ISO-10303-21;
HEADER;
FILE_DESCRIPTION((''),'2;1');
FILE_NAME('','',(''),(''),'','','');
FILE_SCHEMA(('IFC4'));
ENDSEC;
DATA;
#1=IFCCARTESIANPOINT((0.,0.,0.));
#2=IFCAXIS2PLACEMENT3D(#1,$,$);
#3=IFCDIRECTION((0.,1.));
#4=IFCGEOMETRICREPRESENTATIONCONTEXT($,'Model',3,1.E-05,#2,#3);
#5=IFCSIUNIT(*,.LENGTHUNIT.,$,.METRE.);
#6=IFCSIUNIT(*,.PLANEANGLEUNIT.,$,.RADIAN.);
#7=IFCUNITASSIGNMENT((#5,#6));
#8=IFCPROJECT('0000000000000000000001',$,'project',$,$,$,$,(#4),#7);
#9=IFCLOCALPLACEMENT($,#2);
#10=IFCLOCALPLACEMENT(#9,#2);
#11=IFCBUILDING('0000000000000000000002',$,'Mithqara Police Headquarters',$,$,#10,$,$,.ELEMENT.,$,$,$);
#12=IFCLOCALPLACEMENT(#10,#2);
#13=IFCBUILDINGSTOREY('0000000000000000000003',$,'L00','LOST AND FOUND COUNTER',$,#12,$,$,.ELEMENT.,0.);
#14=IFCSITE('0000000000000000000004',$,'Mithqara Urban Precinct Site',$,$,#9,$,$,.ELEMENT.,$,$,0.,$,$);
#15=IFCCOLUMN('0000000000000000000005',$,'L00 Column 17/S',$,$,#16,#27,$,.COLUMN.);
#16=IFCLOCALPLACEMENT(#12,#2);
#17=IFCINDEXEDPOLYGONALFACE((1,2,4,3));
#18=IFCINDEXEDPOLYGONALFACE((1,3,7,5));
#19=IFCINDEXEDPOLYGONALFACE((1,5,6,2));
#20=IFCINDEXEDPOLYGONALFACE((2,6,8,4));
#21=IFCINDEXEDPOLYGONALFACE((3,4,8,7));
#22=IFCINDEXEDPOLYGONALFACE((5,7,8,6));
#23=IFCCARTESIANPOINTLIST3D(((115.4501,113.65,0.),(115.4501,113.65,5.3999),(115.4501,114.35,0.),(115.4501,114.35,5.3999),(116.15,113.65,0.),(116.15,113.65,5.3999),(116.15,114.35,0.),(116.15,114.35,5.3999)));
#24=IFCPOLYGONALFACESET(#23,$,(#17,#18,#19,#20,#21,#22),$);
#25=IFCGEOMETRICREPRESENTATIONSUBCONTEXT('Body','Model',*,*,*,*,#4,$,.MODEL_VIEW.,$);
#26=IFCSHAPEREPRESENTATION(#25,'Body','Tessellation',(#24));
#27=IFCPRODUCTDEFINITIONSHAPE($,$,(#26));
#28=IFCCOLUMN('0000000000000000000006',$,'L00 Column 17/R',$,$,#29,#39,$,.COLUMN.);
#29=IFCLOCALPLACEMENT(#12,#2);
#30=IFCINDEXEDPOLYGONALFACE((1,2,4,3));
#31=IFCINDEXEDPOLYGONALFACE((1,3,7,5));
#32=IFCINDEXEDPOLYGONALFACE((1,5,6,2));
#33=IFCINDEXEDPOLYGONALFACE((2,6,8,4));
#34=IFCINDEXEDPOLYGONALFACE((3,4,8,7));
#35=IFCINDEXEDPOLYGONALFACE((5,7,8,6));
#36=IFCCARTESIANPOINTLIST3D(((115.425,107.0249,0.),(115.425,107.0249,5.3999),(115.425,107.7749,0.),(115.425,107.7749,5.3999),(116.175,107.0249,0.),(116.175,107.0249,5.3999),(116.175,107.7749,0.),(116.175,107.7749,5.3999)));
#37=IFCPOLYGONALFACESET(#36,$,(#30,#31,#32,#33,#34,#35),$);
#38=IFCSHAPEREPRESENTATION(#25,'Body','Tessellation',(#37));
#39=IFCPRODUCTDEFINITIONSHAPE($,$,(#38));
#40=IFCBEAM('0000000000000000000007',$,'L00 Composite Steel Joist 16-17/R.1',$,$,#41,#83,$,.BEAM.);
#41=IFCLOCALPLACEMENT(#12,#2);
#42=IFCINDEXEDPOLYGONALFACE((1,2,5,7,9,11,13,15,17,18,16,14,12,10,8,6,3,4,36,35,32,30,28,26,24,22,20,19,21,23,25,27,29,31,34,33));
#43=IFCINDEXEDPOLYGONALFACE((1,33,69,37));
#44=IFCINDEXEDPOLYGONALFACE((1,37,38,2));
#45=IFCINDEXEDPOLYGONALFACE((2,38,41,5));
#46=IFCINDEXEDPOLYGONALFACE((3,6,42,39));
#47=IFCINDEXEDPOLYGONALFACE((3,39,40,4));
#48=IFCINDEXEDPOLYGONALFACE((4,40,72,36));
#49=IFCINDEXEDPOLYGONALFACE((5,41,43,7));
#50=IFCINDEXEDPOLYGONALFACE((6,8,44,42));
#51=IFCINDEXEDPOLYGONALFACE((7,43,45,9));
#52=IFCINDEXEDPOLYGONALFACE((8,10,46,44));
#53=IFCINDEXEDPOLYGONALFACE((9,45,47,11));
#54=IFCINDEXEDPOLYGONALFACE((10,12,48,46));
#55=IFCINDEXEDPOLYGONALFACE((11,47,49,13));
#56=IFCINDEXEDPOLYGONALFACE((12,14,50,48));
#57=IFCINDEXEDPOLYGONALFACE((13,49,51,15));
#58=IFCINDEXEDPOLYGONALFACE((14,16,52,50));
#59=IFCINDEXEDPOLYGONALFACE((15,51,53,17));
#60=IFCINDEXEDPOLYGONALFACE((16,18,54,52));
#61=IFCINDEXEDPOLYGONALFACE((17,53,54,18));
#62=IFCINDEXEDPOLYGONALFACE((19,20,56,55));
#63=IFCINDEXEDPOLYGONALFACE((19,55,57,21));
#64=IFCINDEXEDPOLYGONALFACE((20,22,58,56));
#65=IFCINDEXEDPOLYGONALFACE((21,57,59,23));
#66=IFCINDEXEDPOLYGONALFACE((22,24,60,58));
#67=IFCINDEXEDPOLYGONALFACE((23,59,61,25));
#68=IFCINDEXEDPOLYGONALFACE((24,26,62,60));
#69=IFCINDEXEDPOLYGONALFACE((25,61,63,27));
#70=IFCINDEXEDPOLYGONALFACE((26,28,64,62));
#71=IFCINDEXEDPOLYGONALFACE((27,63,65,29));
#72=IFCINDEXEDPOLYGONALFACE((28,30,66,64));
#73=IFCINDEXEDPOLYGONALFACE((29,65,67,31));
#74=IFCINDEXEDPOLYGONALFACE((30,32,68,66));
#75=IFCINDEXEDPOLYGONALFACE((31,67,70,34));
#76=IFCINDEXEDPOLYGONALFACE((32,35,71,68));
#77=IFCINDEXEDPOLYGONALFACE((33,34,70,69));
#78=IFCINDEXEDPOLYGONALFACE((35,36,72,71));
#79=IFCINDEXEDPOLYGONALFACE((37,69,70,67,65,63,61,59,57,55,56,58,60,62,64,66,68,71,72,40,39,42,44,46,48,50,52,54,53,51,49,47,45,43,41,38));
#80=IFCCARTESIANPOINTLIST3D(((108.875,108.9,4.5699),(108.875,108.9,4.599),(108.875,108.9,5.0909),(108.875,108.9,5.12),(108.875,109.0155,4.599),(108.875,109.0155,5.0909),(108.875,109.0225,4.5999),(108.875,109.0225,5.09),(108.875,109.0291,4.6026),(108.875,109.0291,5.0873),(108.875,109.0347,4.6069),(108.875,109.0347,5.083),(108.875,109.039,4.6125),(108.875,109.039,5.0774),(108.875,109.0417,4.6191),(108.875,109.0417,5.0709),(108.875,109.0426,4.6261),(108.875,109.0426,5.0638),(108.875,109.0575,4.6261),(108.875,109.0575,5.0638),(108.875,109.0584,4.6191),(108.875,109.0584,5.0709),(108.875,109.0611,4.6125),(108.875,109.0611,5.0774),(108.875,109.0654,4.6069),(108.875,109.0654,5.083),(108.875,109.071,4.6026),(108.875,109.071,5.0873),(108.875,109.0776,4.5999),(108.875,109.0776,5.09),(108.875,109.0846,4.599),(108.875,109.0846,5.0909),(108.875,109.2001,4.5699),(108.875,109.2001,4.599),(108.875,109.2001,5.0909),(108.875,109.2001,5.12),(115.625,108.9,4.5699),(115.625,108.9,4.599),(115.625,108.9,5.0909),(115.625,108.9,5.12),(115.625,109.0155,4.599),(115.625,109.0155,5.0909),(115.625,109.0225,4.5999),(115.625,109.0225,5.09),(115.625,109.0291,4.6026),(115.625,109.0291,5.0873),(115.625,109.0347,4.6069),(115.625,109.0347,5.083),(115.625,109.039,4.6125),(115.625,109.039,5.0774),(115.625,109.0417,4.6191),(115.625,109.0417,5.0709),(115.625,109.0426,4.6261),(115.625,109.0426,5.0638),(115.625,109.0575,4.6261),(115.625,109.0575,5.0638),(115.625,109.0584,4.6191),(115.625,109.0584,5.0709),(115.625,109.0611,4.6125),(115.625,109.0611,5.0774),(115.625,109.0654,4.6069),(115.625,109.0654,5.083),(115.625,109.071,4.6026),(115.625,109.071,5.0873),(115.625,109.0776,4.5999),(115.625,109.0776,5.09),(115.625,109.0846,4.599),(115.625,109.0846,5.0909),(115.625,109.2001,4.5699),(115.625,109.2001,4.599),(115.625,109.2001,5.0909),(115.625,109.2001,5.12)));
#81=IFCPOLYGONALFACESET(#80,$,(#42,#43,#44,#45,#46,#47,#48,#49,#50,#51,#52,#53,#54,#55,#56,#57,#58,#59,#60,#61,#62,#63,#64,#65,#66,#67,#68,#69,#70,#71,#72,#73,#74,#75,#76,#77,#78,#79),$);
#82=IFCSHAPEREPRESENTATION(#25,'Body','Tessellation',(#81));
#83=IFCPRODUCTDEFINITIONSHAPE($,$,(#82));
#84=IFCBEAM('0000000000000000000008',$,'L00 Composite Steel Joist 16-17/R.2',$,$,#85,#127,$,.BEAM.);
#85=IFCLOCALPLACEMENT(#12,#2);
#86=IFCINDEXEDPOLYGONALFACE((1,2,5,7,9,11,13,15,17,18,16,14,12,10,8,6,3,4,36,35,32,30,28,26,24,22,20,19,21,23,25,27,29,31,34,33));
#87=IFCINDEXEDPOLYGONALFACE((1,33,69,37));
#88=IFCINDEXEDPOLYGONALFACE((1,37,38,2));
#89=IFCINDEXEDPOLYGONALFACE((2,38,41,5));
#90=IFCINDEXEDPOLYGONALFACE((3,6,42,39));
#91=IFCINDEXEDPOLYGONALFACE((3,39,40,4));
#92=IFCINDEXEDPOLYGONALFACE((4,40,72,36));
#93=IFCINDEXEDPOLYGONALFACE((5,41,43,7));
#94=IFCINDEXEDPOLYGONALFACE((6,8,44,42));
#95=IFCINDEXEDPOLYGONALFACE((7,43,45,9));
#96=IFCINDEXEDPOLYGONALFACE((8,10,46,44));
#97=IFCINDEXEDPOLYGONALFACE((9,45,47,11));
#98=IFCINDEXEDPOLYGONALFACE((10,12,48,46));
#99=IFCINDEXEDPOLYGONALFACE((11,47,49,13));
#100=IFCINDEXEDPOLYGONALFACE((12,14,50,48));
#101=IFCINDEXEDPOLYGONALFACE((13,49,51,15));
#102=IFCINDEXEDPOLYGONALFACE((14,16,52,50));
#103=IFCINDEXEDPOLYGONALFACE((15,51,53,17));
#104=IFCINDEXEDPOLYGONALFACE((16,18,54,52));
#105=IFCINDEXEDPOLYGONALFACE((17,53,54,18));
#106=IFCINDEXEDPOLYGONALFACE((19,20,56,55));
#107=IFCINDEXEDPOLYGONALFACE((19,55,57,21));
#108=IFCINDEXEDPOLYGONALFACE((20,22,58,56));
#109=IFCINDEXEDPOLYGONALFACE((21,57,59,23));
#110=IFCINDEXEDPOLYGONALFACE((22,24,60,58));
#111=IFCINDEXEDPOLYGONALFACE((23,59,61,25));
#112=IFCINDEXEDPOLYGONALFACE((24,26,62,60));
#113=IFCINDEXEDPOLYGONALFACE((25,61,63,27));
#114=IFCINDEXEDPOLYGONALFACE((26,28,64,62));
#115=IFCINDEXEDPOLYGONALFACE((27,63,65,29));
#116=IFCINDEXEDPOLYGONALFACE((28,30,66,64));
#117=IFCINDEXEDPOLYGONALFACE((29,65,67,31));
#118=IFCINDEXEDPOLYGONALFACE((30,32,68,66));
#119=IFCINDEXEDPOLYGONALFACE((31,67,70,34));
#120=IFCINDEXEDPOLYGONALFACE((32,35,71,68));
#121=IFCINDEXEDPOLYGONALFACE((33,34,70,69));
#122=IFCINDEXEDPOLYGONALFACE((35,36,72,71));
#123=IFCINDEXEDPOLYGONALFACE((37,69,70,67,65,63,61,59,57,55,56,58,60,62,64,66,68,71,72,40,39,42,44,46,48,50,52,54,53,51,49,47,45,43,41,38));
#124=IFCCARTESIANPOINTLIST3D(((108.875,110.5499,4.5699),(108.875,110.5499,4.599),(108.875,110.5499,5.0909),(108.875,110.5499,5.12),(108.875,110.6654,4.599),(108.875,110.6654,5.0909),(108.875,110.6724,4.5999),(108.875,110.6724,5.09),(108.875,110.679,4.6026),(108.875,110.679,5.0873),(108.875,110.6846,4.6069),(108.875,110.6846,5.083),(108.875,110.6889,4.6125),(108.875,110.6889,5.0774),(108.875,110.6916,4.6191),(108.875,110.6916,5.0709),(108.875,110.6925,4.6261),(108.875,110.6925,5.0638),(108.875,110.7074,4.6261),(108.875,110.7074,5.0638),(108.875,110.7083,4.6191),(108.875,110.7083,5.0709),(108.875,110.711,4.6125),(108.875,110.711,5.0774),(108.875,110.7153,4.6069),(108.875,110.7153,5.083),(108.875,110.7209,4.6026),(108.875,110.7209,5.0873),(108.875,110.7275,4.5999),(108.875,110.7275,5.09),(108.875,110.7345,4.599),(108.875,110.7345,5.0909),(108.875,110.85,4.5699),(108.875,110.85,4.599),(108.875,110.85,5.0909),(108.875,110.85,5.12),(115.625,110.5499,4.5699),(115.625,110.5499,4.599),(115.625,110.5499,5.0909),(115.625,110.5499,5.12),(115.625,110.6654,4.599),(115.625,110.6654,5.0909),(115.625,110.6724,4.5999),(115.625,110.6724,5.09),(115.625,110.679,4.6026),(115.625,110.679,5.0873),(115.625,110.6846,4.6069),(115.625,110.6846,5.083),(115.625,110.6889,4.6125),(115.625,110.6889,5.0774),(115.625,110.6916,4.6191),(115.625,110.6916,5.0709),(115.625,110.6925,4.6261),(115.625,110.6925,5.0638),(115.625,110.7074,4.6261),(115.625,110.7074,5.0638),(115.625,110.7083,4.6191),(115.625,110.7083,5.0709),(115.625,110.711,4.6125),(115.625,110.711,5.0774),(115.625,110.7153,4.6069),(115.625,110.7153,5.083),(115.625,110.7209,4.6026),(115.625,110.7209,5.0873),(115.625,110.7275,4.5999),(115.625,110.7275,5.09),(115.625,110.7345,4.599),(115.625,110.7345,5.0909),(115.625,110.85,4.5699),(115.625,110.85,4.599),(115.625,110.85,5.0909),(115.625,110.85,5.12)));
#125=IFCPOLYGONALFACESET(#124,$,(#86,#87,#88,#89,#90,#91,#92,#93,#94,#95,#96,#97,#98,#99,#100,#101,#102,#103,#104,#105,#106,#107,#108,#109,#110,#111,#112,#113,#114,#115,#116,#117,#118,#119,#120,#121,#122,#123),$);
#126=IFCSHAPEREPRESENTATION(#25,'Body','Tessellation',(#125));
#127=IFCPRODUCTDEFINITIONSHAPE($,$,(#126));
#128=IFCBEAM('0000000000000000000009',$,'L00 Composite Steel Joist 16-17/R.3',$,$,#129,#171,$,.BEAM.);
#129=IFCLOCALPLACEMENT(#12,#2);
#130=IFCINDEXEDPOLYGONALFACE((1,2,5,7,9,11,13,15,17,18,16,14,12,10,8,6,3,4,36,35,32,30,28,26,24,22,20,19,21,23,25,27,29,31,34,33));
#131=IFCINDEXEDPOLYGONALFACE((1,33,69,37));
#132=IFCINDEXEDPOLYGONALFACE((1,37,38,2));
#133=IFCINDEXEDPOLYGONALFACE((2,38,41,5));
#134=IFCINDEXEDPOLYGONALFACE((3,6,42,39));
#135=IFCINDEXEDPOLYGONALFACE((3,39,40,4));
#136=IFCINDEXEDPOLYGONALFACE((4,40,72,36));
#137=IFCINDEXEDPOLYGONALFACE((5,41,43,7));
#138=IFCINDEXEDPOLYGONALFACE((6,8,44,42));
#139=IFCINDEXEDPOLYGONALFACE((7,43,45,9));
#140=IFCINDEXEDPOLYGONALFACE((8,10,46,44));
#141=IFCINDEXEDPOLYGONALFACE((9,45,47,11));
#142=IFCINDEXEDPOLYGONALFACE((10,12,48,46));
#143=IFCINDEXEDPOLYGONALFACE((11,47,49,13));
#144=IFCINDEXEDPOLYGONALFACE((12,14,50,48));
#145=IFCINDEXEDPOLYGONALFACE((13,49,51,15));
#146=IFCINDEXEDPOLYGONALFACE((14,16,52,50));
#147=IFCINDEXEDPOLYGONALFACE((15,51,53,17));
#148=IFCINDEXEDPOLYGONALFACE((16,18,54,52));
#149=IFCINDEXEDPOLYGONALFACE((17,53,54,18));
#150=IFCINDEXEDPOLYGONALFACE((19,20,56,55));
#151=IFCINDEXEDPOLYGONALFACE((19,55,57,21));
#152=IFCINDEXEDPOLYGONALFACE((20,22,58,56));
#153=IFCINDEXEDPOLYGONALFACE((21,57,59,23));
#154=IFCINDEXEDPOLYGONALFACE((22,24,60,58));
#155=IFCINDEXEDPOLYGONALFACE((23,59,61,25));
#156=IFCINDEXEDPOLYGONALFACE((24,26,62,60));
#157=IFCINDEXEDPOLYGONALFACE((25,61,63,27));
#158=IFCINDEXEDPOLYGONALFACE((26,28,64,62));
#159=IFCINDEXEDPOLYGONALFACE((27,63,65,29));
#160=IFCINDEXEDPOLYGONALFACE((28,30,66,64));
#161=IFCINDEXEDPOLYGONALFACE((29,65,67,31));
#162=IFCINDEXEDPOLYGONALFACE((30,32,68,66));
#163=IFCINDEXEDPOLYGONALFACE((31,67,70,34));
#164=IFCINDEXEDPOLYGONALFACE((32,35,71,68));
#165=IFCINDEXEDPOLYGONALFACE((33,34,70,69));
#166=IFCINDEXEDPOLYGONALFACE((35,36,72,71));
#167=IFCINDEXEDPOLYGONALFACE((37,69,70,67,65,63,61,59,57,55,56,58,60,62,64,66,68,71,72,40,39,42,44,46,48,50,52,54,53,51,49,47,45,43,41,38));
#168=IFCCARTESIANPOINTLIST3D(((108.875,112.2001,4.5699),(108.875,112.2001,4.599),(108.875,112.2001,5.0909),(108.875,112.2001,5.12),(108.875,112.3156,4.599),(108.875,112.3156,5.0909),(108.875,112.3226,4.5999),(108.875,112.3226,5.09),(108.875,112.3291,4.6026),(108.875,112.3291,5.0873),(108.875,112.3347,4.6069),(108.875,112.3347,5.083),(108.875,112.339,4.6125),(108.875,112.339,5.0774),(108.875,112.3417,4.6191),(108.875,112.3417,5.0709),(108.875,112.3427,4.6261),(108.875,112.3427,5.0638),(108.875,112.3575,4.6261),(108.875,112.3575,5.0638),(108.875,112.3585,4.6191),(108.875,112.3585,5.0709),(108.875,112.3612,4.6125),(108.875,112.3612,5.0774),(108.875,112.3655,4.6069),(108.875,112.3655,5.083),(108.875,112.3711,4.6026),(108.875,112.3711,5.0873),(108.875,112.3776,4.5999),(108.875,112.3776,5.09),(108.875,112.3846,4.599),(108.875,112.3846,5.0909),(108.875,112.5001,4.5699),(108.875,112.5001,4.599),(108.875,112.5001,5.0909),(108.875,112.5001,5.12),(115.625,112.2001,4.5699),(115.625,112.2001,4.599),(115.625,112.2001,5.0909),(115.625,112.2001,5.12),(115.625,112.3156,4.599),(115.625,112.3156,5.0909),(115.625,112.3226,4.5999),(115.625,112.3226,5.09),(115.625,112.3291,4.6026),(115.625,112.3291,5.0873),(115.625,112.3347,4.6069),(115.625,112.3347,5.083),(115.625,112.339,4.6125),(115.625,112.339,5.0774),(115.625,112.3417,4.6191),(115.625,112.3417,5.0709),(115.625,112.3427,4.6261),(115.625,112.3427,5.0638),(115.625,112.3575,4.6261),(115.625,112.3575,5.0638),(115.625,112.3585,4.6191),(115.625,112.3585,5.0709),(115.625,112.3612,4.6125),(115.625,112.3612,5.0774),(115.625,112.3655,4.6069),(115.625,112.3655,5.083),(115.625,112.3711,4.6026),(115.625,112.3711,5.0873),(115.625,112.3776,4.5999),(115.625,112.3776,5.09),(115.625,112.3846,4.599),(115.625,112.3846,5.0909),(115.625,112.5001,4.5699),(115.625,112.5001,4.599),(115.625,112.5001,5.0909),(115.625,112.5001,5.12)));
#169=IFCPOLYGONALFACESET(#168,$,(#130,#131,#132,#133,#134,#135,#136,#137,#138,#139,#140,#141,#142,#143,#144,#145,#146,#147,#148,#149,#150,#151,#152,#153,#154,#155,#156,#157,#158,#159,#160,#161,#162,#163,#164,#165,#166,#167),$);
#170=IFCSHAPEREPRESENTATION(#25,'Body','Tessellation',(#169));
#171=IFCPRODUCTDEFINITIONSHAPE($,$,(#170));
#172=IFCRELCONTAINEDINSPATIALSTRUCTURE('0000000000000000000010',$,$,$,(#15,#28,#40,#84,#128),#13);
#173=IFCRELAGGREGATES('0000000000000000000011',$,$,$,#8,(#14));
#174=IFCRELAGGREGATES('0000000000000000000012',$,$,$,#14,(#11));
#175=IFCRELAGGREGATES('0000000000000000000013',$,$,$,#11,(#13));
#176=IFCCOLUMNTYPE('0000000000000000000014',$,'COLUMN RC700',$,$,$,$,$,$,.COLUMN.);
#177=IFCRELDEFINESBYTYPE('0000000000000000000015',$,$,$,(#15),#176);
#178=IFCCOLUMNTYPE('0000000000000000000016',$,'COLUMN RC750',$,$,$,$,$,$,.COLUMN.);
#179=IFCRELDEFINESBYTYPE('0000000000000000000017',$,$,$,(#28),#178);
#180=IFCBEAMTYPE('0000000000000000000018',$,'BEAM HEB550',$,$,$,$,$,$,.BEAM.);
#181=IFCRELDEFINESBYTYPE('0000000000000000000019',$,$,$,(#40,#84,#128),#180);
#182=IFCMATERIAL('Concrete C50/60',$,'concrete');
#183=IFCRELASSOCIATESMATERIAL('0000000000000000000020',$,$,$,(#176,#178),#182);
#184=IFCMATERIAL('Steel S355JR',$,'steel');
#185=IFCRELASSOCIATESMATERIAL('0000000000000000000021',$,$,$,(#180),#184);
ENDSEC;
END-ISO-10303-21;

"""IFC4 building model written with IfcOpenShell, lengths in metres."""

from ifc_helpers import new_model, si_unit, direction, frame, origin, origin_2d, place, context, subcontext, project, spatial, rectangle, i_section, extrude, material, material_profile, profile_set, type_object, element, save


model = new_model("IFC4")

# Units and contexts
model_context = context("Model", 3, precision=1e-05, world=origin(), true_north=direction((0.0, 1.0)))
body_context = subcontext(model_context, "Body", "Model", "MODEL_VIEW")
ifc_project = project(units=[si_unit("LENGTHUNIT", "METRE"), si_unit("PLANEANGLEUNIT", "RADIAN")], contexts=[model_context])

# Site, building, storey
site_placement = place(None, origin())
site = spatial("IfcSite", under=ifc_project, at=site_placement, Name="Mithqara Urban Precinct Site", CompositionType="ELEMENT", RefElevation=0.0)
building_placement = place(site_placement, origin())
building = spatial("IfcBuilding", under=site, at=building_placement, Name="Mithqara Police Headquarters", CompositionType="ELEMENT")
storey_placement = place(building_placement, origin())
storey = spatial("IfcBuildingStorey", under=building, at=storey_placement, Name="L00", Description="LOST AND FOUND COUNTER", CompositionType="ELEMENT", Elevation=0.0)

# Columns
ifc_material_1 = material(Name="Concrete C50/60", Category="concrete")
ifc_material_profile_1 = material_profile(ifc_material_1, rectangle(XDim=0.7, YDim=0.7, at=origin_2d()), Name="RC 700x700")
ifc_profile_set_1 = profile_set([ifc_material_profile_1], Name="Concrete C50/60")
column_type_1 = type_object("IfcColumnType", Name="COLUMN RC700", PredefinedType="COLUMN", material=ifc_profile_set_1)
column_1_placement = place(storey_placement, frame((115.8, 114.0, 0.0), z_axis=(0.0, 0.0, 1.0), x_axis=(1.0, 0.0, 0.0)))
element("IfcColumn", 1, at=column_1_placement, inside=storey, type_object=column_type_1, Name="L00 Column 17/S", PredefinedType="COLUMN", context=body_context, shape_type="SweptSolid", body=[
    extrude(rectangle(XDim=0.7, YDim=0.7, at=origin_2d()), origin(), (0.0, 0.0, 1.0), 5.3999),
])
ifc_material_profile_2 = material_profile(ifc_material_1, rectangle(XDim=0.75, YDim=0.75, at=origin_2d()), Name="RC 750x750")
ifc_profile_set_2 = profile_set([ifc_material_profile_2], Name="Concrete C50/60")
column_type_2 = type_object("IfcColumnType", Name="COLUMN RC750", PredefinedType="COLUMN", material=ifc_profile_set_2)
column_2_placement = place(storey_placement, frame((115.8, 107.3999, 0.0), z_axis=(0.0, 0.0, 1.0), x_axis=(1.0, 0.0, 0.0)))
element("IfcColumn", 2, at=column_2_placement, inside=storey, type_object=column_type_2, Name="L00 Column 17/R", PredefinedType="COLUMN", context=body_context, shape_type="SweptSolid", body=[
    extrude(rectangle(XDim=0.75, YDim=0.75, at=origin_2d()), origin(), (0.0, 0.0, 1.0), 5.3999),
])

# Beams
ifc_material_2 = material(Name="Steel S355JR", Category="steel")
ifc_material_profile_3 = material_profile(ifc_material_2, i_section(OverallWidth=0.3, OverallDepth=0.55, WebThickness=0.0149, FlangeThickness=0.0291, FilletRadius=0.0271, at=origin_2d()), Name="HEB 550")
ifc_profile_set_3 = profile_set([ifc_material_profile_3], Name="Steel S355JR")
beam_type_1 = type_object("IfcBeamType", Name="BEAM HEB550", PredefinedType="BEAM", material=ifc_profile_set_3)
for number, where, z_axis, x_axis, name in (
    (3, (108.875, 109.05, 4.845), (1.0, 0.0, 0.0), (0.0, 1.0, 0.0), "L00 Composite Steel Joist 16-17/R.1"),
    (4, (108.875, 110.7, 4.845), (1.0, 0.0, 0.0), (0.0, 1.0, 0.0), "L00 Composite Steel Joist 16-17/R.2"),
    (5, (108.875, 112.3501, 4.845), (1.0, 0.0, 0.0), (0.0, 1.0, 0.0), "L00 Composite Steel Joist 16-17/R.3"),
):
    element("IfcBeam", number, at=place(storey_placement, frame(where, z_axis=z_axis, x_axis=x_axis)), inside=storey, type_object=beam_type_1, Name=name, PredefinedType="BEAM", context=body_context, shape_type="SweptSolid", body=[
        extrude(i_section(OverallWidth=0.3, OverallDepth=0.55, WebThickness=0.0149, FlangeThickness=0.0291, FilletRadius=0.0271, at=origin_2d()), origin(), (0.0, 0.0, 1.0), 6.75),
    ])

save(model, "model.ifc")
